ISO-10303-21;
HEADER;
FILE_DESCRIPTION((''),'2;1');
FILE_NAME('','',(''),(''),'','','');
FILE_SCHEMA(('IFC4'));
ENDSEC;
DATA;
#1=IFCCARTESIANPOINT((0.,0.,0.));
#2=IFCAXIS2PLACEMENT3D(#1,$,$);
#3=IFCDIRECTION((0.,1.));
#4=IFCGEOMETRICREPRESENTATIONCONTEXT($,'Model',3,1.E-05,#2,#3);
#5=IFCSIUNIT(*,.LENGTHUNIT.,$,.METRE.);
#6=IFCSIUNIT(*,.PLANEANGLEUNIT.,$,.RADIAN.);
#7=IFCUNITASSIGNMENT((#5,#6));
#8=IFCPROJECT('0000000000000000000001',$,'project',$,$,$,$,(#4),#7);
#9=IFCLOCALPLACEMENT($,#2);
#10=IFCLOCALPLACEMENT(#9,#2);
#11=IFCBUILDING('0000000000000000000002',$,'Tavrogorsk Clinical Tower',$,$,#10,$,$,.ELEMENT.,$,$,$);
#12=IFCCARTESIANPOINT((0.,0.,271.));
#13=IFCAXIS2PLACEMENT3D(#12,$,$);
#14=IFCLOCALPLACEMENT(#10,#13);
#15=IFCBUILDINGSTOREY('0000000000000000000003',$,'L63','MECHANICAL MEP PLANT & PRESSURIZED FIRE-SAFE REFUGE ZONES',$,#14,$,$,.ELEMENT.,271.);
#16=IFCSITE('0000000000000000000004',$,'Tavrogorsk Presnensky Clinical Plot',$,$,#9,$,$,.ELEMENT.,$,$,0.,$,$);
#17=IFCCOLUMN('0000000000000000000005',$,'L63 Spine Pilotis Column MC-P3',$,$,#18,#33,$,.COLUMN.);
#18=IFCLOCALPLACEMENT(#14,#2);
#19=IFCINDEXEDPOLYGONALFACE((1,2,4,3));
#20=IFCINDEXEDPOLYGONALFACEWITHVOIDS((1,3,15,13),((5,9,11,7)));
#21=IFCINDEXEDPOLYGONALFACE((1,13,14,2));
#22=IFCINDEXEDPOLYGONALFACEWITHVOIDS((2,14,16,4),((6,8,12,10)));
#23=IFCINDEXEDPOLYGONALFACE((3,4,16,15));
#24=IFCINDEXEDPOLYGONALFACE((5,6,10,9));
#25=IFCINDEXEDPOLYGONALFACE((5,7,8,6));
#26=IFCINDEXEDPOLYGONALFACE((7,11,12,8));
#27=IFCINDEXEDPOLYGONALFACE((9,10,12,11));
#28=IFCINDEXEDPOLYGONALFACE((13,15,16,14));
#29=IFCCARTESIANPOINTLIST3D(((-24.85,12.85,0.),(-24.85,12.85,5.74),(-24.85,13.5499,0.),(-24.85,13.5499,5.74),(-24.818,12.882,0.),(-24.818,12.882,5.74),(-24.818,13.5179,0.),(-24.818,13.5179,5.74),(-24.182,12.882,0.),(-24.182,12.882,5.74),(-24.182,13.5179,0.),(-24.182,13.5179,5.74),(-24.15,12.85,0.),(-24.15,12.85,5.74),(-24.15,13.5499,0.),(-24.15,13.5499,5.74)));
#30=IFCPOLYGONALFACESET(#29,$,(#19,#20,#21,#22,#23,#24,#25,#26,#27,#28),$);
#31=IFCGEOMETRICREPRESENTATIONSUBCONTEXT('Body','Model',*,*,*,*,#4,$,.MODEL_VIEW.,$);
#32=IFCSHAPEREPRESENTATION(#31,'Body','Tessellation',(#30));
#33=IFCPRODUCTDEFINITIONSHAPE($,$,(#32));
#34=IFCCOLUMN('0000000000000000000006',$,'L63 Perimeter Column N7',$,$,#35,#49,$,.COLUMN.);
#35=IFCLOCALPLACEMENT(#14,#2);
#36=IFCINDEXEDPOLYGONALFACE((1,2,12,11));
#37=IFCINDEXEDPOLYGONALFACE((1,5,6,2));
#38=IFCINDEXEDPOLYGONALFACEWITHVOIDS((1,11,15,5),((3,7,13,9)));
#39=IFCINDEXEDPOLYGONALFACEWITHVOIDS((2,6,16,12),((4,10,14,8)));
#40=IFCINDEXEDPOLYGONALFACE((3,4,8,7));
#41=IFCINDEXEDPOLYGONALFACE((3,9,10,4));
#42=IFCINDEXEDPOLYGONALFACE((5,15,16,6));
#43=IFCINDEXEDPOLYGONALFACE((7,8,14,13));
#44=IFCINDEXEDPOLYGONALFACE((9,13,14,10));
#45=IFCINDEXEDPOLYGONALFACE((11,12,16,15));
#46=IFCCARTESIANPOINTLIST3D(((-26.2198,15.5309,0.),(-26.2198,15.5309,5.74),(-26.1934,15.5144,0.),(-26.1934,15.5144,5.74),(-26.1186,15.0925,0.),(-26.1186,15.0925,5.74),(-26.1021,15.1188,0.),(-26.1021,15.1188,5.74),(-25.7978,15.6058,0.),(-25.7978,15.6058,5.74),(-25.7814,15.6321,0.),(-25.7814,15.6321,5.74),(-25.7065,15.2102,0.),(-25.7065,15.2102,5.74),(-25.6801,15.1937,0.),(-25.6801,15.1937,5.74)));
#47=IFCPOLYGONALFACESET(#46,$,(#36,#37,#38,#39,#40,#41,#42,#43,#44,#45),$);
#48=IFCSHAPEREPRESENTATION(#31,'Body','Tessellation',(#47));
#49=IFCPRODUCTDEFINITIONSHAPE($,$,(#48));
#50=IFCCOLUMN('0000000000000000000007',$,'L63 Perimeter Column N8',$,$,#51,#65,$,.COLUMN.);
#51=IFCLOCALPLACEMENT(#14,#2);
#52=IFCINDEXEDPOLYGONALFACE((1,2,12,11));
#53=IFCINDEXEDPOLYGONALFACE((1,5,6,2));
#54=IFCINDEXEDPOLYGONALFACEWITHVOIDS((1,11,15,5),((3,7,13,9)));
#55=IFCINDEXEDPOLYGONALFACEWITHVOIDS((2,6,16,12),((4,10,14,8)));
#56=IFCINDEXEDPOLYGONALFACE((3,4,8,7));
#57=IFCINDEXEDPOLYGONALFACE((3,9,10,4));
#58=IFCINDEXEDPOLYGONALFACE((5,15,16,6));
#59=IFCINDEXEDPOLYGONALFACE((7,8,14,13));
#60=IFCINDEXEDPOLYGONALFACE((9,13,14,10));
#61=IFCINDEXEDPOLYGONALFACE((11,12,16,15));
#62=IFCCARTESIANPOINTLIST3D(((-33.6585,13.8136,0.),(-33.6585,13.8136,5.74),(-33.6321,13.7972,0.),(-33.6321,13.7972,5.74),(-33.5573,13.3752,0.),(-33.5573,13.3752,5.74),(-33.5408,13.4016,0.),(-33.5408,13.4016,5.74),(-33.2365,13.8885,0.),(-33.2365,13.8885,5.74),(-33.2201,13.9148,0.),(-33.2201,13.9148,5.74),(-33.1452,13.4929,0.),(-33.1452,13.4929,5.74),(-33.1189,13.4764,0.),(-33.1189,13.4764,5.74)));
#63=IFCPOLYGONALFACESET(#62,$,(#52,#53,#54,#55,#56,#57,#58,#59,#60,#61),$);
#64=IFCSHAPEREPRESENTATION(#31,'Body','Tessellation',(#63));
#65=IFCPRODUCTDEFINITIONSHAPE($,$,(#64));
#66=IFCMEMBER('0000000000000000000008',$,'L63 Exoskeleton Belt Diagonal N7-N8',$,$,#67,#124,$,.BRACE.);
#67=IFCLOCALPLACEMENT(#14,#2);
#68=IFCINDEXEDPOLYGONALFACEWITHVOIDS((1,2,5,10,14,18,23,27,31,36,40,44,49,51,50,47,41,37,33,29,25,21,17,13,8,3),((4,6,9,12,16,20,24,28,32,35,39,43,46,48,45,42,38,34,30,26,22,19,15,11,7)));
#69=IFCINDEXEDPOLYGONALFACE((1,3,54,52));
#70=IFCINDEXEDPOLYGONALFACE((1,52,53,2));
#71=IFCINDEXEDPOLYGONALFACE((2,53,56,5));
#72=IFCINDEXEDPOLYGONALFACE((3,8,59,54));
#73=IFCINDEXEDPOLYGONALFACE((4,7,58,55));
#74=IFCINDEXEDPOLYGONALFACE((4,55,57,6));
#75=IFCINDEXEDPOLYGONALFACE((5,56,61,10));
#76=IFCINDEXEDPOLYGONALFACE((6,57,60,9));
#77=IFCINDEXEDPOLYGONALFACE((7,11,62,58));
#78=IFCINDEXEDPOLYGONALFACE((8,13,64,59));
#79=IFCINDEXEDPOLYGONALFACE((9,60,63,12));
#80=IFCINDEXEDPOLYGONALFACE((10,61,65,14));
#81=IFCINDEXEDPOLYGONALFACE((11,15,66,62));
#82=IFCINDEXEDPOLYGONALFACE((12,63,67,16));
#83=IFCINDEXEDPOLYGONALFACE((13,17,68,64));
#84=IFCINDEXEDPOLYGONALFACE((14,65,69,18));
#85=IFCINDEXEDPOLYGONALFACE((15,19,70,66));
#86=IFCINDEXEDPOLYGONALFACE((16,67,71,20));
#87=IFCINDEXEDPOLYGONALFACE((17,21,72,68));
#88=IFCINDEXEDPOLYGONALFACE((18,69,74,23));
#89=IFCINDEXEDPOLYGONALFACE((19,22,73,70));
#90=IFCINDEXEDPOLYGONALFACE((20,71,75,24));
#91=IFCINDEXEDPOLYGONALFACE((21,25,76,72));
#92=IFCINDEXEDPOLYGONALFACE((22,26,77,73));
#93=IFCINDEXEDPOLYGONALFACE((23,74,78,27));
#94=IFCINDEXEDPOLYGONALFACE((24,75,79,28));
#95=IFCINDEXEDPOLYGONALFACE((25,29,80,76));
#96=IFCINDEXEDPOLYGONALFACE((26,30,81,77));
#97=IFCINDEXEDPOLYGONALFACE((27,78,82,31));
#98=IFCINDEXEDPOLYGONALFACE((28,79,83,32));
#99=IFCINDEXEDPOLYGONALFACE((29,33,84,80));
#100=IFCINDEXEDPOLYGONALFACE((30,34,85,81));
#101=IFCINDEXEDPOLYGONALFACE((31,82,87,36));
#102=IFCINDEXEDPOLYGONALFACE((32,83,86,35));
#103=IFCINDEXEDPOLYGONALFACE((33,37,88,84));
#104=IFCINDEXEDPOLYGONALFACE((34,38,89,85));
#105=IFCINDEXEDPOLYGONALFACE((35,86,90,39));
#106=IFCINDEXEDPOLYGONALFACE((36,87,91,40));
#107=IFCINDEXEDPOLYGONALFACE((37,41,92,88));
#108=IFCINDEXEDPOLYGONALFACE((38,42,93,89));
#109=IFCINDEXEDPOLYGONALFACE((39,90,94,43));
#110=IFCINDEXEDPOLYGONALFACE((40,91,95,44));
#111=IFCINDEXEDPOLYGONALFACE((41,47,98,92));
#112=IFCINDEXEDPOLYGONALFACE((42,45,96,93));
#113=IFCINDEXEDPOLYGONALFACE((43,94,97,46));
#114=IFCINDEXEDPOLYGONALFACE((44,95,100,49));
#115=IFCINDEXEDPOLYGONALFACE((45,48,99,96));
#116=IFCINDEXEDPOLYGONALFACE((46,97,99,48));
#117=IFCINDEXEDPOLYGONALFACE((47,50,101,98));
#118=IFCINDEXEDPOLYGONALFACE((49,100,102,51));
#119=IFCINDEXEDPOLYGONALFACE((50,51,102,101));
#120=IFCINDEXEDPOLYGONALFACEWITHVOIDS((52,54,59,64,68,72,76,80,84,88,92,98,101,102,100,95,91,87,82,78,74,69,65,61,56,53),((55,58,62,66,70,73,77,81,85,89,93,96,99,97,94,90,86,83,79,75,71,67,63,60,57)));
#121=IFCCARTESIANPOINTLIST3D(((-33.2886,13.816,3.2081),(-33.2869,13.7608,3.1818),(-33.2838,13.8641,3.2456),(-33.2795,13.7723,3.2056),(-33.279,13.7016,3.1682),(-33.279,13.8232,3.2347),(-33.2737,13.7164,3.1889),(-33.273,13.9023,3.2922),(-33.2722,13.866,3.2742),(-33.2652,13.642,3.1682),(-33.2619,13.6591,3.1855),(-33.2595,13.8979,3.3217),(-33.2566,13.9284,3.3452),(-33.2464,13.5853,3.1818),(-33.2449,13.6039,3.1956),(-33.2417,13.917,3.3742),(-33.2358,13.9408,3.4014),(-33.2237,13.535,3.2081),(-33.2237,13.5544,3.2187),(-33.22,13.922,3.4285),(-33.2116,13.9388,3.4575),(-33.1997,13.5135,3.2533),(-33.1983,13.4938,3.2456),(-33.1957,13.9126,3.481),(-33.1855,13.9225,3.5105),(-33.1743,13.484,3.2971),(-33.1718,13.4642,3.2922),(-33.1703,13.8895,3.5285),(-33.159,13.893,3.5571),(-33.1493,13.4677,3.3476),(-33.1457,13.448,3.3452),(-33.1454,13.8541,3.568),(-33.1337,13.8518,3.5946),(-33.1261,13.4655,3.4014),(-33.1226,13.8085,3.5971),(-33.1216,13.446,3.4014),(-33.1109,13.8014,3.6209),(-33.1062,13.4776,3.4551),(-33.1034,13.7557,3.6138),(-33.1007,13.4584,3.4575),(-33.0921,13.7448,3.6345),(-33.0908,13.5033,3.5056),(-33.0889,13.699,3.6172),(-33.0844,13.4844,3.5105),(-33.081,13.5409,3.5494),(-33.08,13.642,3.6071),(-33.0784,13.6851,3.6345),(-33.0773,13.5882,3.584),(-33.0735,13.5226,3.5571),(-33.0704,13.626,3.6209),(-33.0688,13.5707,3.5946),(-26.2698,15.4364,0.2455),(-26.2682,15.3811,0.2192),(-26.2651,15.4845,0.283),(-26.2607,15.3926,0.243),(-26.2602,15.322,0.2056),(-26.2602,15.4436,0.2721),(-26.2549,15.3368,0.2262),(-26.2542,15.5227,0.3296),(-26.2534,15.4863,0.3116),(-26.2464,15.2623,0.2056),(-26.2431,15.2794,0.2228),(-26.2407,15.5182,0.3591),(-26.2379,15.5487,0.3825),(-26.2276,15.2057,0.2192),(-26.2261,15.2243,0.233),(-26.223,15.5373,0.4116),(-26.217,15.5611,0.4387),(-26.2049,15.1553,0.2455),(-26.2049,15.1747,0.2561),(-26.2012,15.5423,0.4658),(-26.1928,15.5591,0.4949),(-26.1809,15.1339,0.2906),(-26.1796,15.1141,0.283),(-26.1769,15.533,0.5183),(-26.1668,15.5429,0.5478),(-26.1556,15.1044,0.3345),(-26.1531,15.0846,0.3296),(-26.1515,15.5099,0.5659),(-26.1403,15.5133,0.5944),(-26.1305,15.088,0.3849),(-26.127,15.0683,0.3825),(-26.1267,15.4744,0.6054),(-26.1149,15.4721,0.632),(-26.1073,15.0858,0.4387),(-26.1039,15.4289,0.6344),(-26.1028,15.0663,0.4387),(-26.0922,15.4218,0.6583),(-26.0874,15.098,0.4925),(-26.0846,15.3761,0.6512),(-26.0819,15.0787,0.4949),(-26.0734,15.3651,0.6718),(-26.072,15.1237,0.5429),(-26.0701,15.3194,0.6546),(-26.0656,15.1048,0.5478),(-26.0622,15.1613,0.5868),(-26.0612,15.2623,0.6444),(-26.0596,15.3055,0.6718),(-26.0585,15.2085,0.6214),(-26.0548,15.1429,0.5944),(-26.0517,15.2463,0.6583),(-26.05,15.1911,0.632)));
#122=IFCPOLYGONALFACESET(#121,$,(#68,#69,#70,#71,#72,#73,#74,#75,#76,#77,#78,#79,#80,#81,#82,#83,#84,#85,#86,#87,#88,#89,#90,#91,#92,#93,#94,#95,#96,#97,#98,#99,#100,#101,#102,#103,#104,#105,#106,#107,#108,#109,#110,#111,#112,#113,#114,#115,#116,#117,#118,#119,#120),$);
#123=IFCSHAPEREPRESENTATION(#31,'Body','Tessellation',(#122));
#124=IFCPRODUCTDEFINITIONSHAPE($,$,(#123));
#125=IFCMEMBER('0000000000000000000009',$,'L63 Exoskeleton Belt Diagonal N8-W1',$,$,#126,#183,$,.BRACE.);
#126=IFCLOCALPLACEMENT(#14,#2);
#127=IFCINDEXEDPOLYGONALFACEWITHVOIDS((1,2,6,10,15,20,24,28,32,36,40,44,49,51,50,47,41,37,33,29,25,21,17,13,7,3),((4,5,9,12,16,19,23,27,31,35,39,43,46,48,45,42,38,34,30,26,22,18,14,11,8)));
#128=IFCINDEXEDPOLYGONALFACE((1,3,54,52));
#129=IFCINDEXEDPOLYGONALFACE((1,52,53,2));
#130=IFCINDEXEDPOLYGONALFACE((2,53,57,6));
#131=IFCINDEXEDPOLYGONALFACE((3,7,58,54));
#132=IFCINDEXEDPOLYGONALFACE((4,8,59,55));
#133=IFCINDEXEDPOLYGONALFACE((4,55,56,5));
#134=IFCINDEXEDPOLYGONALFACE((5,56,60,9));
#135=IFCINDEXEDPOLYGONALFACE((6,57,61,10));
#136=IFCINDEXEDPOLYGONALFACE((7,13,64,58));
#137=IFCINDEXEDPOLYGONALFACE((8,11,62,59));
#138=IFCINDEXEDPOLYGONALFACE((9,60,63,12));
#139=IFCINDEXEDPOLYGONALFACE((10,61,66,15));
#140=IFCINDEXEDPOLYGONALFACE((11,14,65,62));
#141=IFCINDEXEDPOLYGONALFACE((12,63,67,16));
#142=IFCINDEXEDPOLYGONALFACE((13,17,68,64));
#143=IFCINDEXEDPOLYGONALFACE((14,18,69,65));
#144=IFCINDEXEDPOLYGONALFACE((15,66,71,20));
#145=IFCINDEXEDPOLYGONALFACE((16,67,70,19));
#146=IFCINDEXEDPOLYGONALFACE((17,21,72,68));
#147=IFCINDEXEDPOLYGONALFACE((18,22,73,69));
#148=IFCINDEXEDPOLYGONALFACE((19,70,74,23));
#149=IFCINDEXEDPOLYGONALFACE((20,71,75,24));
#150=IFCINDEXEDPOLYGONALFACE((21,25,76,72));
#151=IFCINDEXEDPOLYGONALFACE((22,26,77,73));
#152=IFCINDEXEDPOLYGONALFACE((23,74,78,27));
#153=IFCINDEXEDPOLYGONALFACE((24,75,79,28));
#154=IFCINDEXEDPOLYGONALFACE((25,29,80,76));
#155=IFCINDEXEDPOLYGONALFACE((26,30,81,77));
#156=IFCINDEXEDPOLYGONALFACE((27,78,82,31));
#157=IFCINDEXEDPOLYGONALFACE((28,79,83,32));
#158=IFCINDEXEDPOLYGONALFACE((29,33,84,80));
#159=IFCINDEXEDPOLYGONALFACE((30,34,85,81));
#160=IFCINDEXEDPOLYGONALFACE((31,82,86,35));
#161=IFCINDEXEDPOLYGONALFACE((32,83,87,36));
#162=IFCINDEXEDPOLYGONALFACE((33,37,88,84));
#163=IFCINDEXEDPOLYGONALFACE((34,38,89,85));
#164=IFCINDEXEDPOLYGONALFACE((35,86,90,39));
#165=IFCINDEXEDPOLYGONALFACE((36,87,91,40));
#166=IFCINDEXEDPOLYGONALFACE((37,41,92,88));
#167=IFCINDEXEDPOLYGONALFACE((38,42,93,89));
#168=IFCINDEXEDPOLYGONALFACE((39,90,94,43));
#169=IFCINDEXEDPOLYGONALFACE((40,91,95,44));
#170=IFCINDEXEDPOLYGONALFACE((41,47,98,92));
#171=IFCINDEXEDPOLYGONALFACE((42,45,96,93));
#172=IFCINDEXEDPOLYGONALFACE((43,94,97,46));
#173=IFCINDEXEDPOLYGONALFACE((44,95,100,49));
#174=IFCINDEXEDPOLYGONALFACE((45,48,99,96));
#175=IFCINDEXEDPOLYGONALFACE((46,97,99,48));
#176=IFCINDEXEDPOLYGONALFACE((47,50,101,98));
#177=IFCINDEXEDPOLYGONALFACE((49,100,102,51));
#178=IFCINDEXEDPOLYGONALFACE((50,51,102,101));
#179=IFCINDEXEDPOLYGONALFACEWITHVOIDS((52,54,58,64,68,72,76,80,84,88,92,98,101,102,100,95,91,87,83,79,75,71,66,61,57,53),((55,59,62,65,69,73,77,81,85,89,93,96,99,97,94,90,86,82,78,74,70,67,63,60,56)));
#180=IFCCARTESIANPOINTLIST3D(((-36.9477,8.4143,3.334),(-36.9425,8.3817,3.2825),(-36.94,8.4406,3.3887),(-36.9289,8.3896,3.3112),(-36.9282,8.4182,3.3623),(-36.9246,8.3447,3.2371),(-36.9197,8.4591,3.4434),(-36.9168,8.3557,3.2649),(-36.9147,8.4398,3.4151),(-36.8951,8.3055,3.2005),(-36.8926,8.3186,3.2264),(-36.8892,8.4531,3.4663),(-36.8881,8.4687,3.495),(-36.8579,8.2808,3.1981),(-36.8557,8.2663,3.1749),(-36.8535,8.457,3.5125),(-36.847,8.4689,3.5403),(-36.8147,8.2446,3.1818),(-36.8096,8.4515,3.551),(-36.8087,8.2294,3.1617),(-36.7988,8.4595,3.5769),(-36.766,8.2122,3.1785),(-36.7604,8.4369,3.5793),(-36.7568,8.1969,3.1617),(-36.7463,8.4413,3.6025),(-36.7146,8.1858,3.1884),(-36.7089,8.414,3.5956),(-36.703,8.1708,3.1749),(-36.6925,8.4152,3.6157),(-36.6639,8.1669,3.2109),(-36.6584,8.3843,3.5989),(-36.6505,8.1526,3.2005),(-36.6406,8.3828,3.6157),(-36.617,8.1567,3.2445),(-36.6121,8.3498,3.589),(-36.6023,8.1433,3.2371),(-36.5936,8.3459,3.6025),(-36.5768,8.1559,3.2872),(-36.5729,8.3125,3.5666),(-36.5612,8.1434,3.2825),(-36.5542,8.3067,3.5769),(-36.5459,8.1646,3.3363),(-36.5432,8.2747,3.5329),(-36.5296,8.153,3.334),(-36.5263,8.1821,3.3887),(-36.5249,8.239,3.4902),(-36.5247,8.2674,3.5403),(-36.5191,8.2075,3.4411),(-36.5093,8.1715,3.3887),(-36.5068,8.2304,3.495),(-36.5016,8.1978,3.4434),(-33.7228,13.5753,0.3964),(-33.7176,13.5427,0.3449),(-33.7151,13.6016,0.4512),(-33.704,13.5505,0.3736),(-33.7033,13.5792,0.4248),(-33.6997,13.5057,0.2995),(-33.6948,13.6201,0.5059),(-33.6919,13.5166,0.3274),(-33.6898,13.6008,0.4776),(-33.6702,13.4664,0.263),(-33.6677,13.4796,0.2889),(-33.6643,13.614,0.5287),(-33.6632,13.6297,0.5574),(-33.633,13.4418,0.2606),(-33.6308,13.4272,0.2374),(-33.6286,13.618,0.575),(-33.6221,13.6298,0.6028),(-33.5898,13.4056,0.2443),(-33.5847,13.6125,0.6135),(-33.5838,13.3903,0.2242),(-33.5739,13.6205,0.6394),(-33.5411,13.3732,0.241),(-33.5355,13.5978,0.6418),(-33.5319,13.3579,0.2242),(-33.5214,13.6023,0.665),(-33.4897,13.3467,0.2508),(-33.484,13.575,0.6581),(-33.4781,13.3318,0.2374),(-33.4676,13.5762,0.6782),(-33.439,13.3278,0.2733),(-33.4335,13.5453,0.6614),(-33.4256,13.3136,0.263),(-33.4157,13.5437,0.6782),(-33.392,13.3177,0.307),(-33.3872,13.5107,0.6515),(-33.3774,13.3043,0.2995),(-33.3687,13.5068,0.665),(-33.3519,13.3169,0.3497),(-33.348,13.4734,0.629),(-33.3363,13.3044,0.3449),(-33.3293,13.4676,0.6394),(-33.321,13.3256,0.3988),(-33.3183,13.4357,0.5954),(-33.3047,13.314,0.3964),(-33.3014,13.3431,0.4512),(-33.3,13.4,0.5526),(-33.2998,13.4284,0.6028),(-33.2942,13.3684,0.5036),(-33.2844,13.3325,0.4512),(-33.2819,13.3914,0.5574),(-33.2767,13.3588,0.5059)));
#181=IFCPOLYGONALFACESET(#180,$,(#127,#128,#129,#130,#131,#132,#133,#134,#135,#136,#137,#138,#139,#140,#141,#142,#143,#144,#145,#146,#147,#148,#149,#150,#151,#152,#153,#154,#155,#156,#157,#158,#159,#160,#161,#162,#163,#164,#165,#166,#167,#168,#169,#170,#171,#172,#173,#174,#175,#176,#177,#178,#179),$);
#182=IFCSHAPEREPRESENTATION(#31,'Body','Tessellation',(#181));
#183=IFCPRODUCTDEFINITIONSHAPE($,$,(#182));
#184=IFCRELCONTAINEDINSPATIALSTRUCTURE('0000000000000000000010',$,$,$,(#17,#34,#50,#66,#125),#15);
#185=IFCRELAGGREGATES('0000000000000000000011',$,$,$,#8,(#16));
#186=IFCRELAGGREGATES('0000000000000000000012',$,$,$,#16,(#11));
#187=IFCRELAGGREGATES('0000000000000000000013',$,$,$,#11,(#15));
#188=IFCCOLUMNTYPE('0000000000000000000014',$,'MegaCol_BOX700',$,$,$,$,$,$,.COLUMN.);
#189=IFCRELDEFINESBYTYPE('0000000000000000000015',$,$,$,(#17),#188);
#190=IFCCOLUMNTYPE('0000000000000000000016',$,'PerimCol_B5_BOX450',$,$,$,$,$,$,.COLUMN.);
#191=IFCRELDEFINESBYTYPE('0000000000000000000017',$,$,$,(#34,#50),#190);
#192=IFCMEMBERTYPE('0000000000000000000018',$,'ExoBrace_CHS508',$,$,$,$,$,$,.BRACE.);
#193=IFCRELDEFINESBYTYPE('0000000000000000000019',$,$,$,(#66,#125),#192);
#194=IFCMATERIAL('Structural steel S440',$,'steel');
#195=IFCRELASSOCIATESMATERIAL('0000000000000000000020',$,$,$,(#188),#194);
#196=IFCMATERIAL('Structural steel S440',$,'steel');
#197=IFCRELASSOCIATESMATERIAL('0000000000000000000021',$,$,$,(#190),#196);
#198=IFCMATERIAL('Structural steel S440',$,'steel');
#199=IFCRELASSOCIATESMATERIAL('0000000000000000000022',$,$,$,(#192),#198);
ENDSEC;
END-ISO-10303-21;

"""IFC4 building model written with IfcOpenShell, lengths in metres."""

from ifc_helpers import new_model, si_unit, direction, frame, origin, origin_2d, place, context, subcontext, project, spatial, hollow_rectangle, hollow_circle, extrude, material, material_profile, profile_set, type_object, element, save


model = new_model("IFC4")

# Units and contexts
model_context = context("Model", 3, precision=1e-05, world=origin(), true_north=direction((0.0, 1.0)))
body_context = subcontext(model_context, "Body", "Model", "MODEL_VIEW")
ifc_project = project(units=[si_unit("LENGTHUNIT", "METRE"), si_unit("PLANEANGLEUNIT", "RADIAN")], contexts=[model_context])

# Site, building, storey
site_placement = place(None, origin())
site = spatial("IfcSite", under=ifc_project, at=site_placement, Name="Tavrogorsk Presnensky Clinical Plot", CompositionType="ELEMENT", RefElevation=0.0)
building_placement = place(site_placement, origin())
building = spatial("IfcBuilding", under=site, at=building_placement, Name="Tavrogorsk Clinical Tower", CompositionType="ELEMENT")
storey_placement = place(building_placement, frame((0.0, 0.0, 271.0)))
storey = spatial("IfcBuildingStorey", under=building, at=storey_placement, Name="L63", Description="MECHANICAL MEP PLANT & PRESSURIZED FIRE-SAFE REFUGE ZONES", CompositionType="ELEMENT", Elevation=271.0)

# Columns
ifc_material_1 = material(Name="Structural steel S440", Category="steel")
ifc_material_profile_1 = material_profile(ifc_material_1, hollow_rectangle(XDim=0.7, YDim=0.7, WallThickness=0.032, at=origin_2d()), Name="BOX-700x700x32")
ifc_profile_set_1 = profile_set([ifc_material_profile_1], Name="Structural steel S440")
column_type_1 = type_object("IfcColumnType", Name="MegaCol_BOX700", PredefinedType="COLUMN", material=ifc_profile_set_1)
column_placement = place(storey_placement, frame((-24.5, 13.2, 0.0), z_axis=(0.0, 0.0, 1.0), x_axis=(1.0, 0.0, 0.0)))
element("IfcColumn", 1, at=column_placement, inside=storey, type_object=column_type_1, Name="L63 Spine Pilotis Column MC-P3", PredefinedType="COLUMN", context=body_context, shape_type="SweptSolid", body=[
    extrude(hollow_rectangle(XDim=0.7, YDim=0.7, WallThickness=0.032, at=origin_2d()), origin(), (0.0, 0.0, 1.0), 5.74),
])
ifc_material_2 = material(Name="Structural steel S440", Category="steel")
ifc_material_profile_2 = material_profile(ifc_material_2, hollow_rectangle(XDim=0.45, YDim=0.45, WallThickness=0.022, at=origin_2d()), Name="BOX-450x450x22")
ifc_profile_set_2 = profile_set([ifc_material_profile_2], Name="Structural steel S440")
column_type_2 = type_object("IfcColumnType", Name="PerimCol_B5_BOX450", PredefinedType="COLUMN", material=ifc_profile_set_2)
for number, where, z_axis, x_axis, name in (
    (2, (-25.95, 15.3623, 0.0), (0.0, 0.0, 1.0), (0.97437, 0.224951, 0.0), "L63 Perimeter Column N7"),
    (3, (-33.3887, 13.645, 0.0), (0.0, 0.0, 1.0), (0.97437, 0.224951, 0.0), "L63 Perimeter Column N8"),
):
    element("IfcColumn", number, at=place(storey_placement, frame(where, z_axis=z_axis, x_axis=x_axis)), inside=storey, type_object=column_type_2, Name=name, PredefinedType="COLUMN", context=body_context, shape_type="SweptSolid", body=[
        extrude(hollow_rectangle(XDim=0.45, YDim=0.45, WallThickness=0.022, at=origin_2d()), origin(), (0.0, 0.0, 1.0), 5.74),
    ])

# Members
ifc_material_3 = material(Name="Structural steel S440", Category="steel")
ifc_material_profile_3 = material_profile(ifc_material_3, hollow_circle(Radius=0.2539, WallThickness=0.02, at=origin_2d()), Name="CHS-508x20")
ifc_profile_set_3 = profile_set([ifc_material_profile_3], Name="Structural steel S440")
member_type = type_object("IfcMemberType", Name="ExoBrace_CHS508", PredefinedType="BRACE", material=ifc_profile_set_3)
member_1_placement = place(storey_placement, frame((-26.1599, 15.3137, 0.4387), z_axis=(-0.901133, -0.208036, 0.38037), x_axis=(0.224944, -0.974372, 0.0)))
element("IfcMember", 4, at=member_1_placement, inside=storey, type_object=member_type, Name="L63 Exoskeleton Belt Diagonal N7-N8", PredefinedType="BRACE", context=body_context, shape_type="SweptSolid", body=[
    extrude(hollow_circle(Radius=0.2539, WallThickness=0.02, at=origin_2d()), origin(), (0.0, 0.0, 1.0), 7.7888),
])
member_2_placement = place(storey_placement, frame((-33.4998, 13.467, 0.4512), z_axis=(-0.477228, -0.763731, 0.434704), x_axis=(0.84805, -0.529916, 0.0)))
element("IfcMember", 5, at=member_2_placement, inside=storey, type_object=member_type, Name="L63 Exoskeleton Belt Diagonal N8-W1", PredefinedType="BRACE", context=body_context, shape_type="SweptSolid", body=[
    extrude(hollow_circle(Radius=0.2539, WallThickness=0.02, at=origin_2d()), origin(), (0.0, 0.0, 1.0), 6.7576),
])

save(model, "model.ifc")
